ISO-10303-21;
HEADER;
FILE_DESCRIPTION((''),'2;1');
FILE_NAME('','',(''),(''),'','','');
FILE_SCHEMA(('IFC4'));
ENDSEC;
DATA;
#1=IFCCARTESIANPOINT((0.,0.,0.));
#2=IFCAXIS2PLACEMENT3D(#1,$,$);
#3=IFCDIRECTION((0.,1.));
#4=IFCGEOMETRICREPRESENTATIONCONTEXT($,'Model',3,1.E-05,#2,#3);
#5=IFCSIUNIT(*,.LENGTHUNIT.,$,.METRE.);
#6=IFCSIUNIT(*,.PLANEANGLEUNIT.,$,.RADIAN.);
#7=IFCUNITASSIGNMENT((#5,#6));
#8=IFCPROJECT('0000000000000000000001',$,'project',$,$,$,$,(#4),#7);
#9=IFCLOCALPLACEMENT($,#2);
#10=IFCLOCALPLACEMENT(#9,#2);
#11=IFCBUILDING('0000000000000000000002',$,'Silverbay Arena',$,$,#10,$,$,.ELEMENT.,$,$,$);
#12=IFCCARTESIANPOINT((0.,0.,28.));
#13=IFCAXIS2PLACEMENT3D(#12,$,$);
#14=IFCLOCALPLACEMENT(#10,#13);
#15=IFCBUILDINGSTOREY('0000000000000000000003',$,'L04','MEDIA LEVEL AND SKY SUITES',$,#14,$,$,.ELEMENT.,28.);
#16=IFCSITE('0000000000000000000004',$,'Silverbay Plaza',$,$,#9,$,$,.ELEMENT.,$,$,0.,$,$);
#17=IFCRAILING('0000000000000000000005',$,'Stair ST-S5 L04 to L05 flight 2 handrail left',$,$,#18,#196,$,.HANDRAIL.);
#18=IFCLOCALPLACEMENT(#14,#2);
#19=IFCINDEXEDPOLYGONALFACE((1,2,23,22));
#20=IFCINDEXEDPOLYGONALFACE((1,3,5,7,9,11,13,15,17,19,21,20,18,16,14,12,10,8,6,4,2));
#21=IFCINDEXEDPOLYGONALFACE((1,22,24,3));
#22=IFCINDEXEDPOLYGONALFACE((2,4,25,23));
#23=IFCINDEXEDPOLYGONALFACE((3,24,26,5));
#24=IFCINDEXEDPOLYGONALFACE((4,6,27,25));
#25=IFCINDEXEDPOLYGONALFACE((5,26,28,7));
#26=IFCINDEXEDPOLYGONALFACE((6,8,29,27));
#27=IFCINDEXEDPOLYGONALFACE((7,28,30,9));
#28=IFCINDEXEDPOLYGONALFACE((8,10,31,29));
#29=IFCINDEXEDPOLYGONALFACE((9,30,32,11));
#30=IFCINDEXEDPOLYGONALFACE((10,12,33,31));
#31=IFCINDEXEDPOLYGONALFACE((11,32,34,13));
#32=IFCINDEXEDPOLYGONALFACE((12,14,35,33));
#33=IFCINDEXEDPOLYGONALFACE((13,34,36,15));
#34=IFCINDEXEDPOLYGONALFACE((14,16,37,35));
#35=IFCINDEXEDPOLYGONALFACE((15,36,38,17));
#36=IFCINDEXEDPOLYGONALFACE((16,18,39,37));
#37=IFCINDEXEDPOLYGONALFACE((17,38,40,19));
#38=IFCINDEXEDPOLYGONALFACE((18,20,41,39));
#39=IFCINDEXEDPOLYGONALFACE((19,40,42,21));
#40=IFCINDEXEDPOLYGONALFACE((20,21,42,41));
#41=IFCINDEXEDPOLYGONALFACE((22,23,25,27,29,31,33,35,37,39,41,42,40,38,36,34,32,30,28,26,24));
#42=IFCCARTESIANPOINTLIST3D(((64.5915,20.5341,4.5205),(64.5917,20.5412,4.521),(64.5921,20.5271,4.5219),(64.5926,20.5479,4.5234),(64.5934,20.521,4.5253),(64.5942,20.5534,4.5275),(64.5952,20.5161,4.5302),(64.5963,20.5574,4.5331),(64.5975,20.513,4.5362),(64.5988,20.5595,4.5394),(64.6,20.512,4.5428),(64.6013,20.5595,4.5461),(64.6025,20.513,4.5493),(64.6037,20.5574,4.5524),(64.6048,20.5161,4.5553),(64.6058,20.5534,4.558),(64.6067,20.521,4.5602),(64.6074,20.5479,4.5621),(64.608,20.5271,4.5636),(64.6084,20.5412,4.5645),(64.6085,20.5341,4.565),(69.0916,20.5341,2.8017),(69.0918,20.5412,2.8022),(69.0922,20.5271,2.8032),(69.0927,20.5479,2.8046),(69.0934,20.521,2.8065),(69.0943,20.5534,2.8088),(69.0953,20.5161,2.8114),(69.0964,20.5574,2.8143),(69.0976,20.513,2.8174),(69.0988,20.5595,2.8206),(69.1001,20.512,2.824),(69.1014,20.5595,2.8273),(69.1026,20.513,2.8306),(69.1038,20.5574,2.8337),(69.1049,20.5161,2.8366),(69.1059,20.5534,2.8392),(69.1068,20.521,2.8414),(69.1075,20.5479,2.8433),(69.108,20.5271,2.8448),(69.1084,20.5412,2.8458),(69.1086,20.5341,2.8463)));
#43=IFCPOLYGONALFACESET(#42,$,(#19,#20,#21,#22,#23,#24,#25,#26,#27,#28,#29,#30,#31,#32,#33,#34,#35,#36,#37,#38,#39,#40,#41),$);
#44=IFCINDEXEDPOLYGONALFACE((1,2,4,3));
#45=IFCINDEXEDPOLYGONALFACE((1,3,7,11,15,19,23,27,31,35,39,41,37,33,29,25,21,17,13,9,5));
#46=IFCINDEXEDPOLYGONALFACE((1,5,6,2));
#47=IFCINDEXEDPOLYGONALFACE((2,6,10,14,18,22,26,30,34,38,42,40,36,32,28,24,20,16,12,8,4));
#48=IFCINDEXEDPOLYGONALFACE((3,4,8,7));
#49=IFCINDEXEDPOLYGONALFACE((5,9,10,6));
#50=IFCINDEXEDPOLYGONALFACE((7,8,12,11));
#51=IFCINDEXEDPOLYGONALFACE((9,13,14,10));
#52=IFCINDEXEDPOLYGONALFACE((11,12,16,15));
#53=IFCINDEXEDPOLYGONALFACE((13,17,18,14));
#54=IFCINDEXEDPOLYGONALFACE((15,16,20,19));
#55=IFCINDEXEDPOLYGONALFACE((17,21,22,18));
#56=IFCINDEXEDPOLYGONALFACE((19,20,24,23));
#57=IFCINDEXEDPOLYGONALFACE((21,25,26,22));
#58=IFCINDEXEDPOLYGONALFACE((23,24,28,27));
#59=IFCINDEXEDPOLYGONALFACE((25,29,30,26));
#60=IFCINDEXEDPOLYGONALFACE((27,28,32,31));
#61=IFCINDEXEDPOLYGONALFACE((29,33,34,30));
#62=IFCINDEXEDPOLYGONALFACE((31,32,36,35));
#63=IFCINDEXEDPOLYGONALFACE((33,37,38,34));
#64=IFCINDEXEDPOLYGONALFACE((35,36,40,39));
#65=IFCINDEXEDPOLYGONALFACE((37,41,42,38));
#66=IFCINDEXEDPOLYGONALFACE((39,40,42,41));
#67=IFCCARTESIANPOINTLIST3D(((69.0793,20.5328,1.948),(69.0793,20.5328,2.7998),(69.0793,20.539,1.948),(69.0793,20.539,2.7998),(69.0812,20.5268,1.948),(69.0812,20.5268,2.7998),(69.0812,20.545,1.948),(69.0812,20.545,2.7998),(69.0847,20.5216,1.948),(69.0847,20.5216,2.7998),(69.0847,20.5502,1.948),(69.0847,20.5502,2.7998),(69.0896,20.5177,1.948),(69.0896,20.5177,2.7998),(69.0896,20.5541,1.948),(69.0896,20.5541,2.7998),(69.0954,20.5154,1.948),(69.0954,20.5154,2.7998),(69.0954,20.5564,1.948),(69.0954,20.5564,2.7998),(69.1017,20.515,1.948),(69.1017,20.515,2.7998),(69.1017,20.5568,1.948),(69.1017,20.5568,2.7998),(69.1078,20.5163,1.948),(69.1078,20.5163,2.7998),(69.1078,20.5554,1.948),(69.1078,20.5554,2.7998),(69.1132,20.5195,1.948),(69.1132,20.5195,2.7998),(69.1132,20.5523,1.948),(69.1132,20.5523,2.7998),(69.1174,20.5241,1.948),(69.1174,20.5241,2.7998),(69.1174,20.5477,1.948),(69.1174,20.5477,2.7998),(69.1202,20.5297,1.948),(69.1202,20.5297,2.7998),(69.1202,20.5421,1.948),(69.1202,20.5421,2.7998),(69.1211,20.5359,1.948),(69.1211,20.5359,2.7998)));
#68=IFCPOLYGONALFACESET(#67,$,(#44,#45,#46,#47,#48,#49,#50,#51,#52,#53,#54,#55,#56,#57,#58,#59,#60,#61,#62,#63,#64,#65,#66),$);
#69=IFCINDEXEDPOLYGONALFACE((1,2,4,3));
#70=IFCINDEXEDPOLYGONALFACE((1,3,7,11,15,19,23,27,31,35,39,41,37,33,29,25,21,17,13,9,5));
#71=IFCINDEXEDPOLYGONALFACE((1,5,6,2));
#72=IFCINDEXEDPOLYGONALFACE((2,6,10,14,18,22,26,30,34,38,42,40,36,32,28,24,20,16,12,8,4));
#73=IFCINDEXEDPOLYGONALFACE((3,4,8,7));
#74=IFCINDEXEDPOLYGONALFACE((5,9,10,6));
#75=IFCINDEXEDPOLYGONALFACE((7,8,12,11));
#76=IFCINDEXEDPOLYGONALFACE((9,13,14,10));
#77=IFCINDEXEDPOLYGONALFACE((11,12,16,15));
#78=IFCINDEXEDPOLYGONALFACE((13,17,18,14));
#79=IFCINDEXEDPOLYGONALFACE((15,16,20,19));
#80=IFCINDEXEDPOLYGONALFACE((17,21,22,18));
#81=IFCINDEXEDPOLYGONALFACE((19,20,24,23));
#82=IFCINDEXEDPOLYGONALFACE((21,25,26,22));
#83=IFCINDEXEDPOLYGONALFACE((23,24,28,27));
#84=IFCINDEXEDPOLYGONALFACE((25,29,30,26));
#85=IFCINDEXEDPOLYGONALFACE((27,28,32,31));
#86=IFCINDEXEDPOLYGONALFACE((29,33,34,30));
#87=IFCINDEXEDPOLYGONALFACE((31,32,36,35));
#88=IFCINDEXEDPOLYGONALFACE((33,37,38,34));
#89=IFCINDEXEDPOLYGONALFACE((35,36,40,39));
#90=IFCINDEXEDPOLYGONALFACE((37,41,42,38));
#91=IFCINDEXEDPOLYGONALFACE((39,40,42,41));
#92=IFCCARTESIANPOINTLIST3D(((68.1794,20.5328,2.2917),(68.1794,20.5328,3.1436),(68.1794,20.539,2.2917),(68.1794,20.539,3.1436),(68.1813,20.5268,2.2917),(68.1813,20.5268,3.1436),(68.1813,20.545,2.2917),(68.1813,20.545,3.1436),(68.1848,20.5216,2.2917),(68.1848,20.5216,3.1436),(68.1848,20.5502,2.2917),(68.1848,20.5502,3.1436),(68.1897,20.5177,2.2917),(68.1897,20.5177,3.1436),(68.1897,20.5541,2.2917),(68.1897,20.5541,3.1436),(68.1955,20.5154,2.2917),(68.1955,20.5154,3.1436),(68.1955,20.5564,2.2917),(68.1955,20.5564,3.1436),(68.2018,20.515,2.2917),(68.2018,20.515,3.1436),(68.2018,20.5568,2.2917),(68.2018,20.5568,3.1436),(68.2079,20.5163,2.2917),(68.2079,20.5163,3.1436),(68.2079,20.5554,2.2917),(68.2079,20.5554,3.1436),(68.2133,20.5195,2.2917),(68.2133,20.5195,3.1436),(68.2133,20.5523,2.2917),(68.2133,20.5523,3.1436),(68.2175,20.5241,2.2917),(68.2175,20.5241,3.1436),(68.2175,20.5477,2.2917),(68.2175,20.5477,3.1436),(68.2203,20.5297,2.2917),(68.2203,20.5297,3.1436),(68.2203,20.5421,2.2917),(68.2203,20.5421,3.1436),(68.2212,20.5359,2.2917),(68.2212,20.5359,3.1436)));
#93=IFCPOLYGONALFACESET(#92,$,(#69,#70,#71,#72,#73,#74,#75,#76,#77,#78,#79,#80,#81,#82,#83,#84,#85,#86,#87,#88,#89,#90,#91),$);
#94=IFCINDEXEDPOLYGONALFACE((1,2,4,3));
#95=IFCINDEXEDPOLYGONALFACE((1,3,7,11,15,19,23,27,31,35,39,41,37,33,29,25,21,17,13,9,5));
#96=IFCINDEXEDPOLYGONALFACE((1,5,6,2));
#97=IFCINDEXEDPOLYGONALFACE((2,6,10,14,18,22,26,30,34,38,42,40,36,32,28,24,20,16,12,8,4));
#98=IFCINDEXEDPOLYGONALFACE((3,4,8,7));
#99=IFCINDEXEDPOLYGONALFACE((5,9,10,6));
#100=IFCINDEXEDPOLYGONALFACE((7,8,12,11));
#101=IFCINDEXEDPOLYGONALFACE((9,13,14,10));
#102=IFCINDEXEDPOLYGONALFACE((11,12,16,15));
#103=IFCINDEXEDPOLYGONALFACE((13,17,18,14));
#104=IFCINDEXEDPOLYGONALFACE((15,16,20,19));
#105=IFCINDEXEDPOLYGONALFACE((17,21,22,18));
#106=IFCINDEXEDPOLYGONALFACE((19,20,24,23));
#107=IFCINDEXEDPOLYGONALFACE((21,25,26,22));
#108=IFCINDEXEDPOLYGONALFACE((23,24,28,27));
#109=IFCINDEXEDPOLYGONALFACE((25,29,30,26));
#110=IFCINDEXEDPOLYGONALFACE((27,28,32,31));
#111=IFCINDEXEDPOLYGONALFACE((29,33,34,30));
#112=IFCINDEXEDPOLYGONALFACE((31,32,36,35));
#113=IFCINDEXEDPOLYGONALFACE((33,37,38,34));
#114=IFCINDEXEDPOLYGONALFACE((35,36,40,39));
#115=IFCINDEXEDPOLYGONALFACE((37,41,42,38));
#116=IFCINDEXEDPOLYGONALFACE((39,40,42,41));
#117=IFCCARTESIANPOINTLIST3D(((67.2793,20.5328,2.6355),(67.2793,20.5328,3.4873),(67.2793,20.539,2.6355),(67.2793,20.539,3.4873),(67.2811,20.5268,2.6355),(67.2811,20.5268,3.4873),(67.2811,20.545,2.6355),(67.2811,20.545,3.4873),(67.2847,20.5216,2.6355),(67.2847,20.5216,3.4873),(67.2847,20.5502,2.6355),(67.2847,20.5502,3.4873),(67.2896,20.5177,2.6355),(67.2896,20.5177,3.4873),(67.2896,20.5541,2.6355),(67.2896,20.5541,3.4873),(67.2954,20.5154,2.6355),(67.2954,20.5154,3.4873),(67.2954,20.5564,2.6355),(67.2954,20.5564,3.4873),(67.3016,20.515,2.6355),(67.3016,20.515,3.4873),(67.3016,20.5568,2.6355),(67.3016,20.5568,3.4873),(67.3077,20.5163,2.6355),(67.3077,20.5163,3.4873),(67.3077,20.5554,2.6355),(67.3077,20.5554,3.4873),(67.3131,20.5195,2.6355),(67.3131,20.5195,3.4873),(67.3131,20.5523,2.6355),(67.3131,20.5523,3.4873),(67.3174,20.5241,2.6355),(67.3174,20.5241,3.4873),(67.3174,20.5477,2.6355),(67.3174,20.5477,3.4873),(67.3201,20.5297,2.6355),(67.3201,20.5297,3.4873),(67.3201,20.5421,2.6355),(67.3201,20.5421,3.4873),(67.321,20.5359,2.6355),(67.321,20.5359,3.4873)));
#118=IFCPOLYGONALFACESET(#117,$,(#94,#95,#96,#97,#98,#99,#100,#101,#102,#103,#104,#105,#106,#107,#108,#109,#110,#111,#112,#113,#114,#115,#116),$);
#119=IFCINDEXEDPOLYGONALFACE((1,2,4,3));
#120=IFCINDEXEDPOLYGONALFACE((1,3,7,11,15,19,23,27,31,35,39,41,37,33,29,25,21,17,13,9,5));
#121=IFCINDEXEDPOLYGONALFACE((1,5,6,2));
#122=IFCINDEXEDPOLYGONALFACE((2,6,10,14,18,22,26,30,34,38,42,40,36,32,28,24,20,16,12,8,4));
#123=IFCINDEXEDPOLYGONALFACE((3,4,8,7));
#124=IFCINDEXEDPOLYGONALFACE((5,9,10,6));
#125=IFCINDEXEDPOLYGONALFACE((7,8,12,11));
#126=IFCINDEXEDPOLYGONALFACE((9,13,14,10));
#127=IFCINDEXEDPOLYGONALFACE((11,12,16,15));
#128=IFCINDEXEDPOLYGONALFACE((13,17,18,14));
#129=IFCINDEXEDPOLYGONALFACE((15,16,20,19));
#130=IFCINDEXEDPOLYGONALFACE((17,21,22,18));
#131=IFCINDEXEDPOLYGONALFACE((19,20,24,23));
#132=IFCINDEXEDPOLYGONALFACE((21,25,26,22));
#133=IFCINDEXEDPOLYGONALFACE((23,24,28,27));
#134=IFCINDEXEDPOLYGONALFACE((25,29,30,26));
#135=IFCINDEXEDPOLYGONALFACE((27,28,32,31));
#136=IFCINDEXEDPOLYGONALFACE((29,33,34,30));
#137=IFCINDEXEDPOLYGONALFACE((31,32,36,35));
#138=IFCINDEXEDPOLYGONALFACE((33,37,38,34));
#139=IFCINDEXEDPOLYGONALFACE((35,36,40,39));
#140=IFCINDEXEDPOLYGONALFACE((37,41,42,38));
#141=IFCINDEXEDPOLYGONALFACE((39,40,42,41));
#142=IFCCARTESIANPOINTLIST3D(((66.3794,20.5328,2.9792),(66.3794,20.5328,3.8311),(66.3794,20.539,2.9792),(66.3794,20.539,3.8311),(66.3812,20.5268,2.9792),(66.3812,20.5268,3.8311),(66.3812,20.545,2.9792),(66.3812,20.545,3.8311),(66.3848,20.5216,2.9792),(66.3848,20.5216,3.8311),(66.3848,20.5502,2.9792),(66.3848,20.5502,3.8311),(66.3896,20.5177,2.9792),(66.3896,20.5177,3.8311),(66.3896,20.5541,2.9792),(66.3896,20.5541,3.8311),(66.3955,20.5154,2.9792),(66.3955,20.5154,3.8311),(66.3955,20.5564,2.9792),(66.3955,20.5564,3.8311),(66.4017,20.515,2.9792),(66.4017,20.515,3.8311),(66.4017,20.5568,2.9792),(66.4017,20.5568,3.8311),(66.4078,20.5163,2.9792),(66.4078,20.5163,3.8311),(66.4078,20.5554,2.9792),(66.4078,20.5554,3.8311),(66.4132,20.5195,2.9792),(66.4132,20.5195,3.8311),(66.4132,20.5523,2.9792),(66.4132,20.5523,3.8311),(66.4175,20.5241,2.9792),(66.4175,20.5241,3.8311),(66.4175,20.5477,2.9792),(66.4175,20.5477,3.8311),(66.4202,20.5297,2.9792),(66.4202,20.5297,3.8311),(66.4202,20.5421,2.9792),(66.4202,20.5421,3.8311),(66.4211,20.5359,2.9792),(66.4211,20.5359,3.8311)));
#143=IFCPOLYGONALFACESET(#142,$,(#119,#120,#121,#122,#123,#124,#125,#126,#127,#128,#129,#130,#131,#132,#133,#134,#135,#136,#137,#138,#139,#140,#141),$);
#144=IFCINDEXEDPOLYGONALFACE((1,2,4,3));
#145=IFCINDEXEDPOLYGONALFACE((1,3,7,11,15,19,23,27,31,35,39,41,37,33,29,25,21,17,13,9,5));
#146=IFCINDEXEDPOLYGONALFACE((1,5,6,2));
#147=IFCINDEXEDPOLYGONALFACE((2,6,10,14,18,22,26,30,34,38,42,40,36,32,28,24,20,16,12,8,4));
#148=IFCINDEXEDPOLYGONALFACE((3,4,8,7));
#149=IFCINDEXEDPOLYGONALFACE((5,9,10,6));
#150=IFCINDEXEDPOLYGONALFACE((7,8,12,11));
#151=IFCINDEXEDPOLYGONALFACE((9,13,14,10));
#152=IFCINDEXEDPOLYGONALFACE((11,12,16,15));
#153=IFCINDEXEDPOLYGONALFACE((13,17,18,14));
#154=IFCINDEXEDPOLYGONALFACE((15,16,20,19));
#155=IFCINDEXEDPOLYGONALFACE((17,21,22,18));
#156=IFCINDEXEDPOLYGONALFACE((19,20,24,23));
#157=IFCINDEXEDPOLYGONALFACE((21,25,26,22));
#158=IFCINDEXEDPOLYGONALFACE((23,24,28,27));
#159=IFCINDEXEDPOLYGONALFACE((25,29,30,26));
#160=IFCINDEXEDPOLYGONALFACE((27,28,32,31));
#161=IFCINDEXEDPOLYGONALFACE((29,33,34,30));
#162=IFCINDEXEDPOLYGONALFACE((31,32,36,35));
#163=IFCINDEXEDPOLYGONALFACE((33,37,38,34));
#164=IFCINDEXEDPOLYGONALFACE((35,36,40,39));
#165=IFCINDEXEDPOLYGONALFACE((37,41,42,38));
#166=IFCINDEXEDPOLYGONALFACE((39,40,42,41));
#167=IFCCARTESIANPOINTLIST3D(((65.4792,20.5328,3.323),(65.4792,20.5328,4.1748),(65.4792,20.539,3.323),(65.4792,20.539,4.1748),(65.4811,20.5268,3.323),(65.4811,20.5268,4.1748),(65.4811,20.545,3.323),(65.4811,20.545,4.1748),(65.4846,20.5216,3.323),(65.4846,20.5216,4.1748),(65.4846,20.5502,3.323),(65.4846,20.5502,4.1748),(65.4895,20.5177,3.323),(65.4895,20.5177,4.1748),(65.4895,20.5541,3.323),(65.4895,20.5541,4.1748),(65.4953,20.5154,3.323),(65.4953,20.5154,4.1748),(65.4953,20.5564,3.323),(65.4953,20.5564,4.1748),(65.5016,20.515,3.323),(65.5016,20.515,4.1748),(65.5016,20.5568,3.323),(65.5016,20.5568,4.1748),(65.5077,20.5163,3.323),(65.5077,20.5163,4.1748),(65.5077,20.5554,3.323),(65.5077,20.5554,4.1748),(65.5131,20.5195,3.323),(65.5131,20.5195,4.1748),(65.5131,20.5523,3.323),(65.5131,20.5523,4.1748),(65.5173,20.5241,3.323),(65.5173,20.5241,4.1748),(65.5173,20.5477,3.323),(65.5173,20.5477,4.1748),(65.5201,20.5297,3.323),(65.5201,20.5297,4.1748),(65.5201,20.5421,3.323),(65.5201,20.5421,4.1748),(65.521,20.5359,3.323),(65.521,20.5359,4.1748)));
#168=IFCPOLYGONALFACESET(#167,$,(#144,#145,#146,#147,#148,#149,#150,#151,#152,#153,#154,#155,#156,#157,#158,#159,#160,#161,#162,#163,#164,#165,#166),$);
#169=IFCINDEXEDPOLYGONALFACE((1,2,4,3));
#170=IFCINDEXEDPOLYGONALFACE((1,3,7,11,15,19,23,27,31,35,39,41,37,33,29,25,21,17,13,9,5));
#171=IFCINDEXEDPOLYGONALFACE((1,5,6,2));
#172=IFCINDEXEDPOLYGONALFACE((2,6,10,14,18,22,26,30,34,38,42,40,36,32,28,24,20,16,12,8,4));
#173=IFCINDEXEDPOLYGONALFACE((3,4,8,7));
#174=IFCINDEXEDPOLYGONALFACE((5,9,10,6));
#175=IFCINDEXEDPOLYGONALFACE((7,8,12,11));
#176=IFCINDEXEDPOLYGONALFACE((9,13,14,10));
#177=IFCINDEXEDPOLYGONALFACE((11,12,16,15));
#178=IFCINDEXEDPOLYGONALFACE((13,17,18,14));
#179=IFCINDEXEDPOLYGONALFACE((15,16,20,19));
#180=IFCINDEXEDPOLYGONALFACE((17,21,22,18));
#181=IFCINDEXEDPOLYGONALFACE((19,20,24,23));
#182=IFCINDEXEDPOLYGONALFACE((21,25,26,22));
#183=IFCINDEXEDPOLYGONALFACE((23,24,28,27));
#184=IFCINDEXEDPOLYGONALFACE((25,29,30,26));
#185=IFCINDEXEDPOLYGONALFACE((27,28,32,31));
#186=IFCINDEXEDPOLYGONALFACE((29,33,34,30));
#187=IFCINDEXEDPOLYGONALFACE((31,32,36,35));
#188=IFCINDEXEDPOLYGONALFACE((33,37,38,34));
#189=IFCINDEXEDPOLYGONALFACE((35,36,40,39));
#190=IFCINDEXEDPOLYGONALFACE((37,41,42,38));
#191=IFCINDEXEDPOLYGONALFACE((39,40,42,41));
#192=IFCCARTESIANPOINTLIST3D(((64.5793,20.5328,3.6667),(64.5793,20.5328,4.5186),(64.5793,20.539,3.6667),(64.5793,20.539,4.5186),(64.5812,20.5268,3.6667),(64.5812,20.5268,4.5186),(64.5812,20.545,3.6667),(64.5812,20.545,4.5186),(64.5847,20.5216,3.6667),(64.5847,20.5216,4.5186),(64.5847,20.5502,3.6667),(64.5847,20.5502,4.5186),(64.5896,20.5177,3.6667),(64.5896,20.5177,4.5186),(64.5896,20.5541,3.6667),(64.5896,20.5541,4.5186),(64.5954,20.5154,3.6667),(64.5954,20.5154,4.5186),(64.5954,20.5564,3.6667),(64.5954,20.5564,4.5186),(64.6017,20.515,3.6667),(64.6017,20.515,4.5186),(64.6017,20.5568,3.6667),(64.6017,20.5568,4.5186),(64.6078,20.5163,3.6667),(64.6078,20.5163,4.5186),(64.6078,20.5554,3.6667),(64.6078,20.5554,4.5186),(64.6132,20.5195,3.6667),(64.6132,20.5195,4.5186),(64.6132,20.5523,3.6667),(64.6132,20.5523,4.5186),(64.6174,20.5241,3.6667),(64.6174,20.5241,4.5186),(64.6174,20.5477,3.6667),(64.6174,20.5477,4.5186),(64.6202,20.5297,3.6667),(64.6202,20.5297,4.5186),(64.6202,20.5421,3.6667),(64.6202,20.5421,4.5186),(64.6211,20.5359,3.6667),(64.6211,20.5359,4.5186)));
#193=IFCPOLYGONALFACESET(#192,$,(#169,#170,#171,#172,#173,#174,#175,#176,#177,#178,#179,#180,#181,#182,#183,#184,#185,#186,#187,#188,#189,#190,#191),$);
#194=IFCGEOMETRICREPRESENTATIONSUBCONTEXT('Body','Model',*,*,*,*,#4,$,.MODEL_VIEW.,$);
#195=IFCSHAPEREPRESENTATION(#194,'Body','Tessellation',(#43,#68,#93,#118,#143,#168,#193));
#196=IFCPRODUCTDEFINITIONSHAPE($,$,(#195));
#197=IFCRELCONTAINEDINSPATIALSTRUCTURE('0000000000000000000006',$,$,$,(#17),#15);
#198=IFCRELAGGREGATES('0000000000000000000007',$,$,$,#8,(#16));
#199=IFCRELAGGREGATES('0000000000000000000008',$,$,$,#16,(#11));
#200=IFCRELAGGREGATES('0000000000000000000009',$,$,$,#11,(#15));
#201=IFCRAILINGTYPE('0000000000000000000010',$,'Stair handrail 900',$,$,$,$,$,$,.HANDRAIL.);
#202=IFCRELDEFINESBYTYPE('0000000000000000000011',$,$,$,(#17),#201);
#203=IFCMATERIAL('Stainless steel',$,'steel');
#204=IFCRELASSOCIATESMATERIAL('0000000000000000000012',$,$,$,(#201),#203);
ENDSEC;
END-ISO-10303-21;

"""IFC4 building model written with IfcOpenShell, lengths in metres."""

from ifc_helpers import new_model, si_unit, direction, frame, origin, origin_2d, place, context, subcontext, project, spatial, circle, extrude, material, type_object, element, save


model = new_model("IFC4")

# Units and contexts
model_context = context("Model", 3, precision=1e-05, world=origin(), true_north=direction((0.0, 1.0)))
body_context = subcontext(model_context, "Body", "Model", "MODEL_VIEW")
ifc_project = project(units=[si_unit("LENGTHUNIT", "METRE"), si_unit("PLANEANGLEUNIT", "RADIAN")], contexts=[model_context])

# Site, building, storey
site_placement = place(None, origin())
site = spatial("IfcSite", under=ifc_project, at=site_placement, Name="Silverbay Plaza", CompositionType="ELEMENT", RefElevation=0.0)
building_placement = place(site_placement, origin())
building = spatial("IfcBuilding", under=site, at=building_placement, Name="Silverbay Arena", CompositionType="ELEMENT")
storey_placement = place(building_placement, frame((0.0, 0.0, 28.0)))
storey = spatial("IfcBuildingStorey", under=building, at=storey_placement, Name="L04", Description="MEDIA LEVEL AND SKY SUITES", CompositionType="ELEMENT", Elevation=28.0)

# Railing
ifc_material_1 = material(Name="Stainless steel", Category="steel")
railing_type_1 = type_object("IfcRailingType", Name="Stair handrail 900", PredefinedType="HANDRAIL", material=ifc_material_1)
for number, where, name in (
    (1, (69.1001, 20.5359, 1.948), "Stair ST-S5 L04 to L05 flight 2 handrail left"),
):
    element("IfcRailing", number, at=place(storey_placement, frame(where)), inside=storey, type_object=railing_type_1, Name=name, PredefinedType="HANDRAIL", context=body_context, shape_type="SweptSolid", body=[
        extrude(circle(Radius=0.0239, at=origin_2d()), frame((0.0, 0.0, 0.876), z_axis=(-0.934179, 0.0, 0.356805), x_axis=(0.0, -1.0, 0.0)), (0.0, 0.0, 1.0), 4.8171),
        extrude(circle(Radius=0.021, at=origin_2d()), origin(), (0.0, 0.0, 1.0), 0.8518),
        extrude(circle(Radius=0.021, at=origin_2d()), frame((-0.8999, 0.0, 0.3438)), (0.0, 0.0, 1.0), 0.8518),
        extrude(circle(Radius=0.021, at=origin_2d()), frame((-1.8, 0.0, 0.6875)), (0.0, 0.0, 1.0), 0.8518),
        extrude(circle(Radius=0.021, at=origin_2d()), frame((-2.7, 0.0, 1.0312)), (0.0, 0.0, 1.0), 0.8518),
        extrude(circle(Radius=0.021, at=origin_2d()), frame((-3.6001, 0.0, 1.375)), (0.0, 0.0, 1.0), 0.8518),
        extrude(circle(Radius=0.021, at=origin_2d()), frame((-4.5, 0.0, 1.7188)), (0.0, 0.0, 1.0), 0.8518),
    ])

save(model, "model.ifc")
